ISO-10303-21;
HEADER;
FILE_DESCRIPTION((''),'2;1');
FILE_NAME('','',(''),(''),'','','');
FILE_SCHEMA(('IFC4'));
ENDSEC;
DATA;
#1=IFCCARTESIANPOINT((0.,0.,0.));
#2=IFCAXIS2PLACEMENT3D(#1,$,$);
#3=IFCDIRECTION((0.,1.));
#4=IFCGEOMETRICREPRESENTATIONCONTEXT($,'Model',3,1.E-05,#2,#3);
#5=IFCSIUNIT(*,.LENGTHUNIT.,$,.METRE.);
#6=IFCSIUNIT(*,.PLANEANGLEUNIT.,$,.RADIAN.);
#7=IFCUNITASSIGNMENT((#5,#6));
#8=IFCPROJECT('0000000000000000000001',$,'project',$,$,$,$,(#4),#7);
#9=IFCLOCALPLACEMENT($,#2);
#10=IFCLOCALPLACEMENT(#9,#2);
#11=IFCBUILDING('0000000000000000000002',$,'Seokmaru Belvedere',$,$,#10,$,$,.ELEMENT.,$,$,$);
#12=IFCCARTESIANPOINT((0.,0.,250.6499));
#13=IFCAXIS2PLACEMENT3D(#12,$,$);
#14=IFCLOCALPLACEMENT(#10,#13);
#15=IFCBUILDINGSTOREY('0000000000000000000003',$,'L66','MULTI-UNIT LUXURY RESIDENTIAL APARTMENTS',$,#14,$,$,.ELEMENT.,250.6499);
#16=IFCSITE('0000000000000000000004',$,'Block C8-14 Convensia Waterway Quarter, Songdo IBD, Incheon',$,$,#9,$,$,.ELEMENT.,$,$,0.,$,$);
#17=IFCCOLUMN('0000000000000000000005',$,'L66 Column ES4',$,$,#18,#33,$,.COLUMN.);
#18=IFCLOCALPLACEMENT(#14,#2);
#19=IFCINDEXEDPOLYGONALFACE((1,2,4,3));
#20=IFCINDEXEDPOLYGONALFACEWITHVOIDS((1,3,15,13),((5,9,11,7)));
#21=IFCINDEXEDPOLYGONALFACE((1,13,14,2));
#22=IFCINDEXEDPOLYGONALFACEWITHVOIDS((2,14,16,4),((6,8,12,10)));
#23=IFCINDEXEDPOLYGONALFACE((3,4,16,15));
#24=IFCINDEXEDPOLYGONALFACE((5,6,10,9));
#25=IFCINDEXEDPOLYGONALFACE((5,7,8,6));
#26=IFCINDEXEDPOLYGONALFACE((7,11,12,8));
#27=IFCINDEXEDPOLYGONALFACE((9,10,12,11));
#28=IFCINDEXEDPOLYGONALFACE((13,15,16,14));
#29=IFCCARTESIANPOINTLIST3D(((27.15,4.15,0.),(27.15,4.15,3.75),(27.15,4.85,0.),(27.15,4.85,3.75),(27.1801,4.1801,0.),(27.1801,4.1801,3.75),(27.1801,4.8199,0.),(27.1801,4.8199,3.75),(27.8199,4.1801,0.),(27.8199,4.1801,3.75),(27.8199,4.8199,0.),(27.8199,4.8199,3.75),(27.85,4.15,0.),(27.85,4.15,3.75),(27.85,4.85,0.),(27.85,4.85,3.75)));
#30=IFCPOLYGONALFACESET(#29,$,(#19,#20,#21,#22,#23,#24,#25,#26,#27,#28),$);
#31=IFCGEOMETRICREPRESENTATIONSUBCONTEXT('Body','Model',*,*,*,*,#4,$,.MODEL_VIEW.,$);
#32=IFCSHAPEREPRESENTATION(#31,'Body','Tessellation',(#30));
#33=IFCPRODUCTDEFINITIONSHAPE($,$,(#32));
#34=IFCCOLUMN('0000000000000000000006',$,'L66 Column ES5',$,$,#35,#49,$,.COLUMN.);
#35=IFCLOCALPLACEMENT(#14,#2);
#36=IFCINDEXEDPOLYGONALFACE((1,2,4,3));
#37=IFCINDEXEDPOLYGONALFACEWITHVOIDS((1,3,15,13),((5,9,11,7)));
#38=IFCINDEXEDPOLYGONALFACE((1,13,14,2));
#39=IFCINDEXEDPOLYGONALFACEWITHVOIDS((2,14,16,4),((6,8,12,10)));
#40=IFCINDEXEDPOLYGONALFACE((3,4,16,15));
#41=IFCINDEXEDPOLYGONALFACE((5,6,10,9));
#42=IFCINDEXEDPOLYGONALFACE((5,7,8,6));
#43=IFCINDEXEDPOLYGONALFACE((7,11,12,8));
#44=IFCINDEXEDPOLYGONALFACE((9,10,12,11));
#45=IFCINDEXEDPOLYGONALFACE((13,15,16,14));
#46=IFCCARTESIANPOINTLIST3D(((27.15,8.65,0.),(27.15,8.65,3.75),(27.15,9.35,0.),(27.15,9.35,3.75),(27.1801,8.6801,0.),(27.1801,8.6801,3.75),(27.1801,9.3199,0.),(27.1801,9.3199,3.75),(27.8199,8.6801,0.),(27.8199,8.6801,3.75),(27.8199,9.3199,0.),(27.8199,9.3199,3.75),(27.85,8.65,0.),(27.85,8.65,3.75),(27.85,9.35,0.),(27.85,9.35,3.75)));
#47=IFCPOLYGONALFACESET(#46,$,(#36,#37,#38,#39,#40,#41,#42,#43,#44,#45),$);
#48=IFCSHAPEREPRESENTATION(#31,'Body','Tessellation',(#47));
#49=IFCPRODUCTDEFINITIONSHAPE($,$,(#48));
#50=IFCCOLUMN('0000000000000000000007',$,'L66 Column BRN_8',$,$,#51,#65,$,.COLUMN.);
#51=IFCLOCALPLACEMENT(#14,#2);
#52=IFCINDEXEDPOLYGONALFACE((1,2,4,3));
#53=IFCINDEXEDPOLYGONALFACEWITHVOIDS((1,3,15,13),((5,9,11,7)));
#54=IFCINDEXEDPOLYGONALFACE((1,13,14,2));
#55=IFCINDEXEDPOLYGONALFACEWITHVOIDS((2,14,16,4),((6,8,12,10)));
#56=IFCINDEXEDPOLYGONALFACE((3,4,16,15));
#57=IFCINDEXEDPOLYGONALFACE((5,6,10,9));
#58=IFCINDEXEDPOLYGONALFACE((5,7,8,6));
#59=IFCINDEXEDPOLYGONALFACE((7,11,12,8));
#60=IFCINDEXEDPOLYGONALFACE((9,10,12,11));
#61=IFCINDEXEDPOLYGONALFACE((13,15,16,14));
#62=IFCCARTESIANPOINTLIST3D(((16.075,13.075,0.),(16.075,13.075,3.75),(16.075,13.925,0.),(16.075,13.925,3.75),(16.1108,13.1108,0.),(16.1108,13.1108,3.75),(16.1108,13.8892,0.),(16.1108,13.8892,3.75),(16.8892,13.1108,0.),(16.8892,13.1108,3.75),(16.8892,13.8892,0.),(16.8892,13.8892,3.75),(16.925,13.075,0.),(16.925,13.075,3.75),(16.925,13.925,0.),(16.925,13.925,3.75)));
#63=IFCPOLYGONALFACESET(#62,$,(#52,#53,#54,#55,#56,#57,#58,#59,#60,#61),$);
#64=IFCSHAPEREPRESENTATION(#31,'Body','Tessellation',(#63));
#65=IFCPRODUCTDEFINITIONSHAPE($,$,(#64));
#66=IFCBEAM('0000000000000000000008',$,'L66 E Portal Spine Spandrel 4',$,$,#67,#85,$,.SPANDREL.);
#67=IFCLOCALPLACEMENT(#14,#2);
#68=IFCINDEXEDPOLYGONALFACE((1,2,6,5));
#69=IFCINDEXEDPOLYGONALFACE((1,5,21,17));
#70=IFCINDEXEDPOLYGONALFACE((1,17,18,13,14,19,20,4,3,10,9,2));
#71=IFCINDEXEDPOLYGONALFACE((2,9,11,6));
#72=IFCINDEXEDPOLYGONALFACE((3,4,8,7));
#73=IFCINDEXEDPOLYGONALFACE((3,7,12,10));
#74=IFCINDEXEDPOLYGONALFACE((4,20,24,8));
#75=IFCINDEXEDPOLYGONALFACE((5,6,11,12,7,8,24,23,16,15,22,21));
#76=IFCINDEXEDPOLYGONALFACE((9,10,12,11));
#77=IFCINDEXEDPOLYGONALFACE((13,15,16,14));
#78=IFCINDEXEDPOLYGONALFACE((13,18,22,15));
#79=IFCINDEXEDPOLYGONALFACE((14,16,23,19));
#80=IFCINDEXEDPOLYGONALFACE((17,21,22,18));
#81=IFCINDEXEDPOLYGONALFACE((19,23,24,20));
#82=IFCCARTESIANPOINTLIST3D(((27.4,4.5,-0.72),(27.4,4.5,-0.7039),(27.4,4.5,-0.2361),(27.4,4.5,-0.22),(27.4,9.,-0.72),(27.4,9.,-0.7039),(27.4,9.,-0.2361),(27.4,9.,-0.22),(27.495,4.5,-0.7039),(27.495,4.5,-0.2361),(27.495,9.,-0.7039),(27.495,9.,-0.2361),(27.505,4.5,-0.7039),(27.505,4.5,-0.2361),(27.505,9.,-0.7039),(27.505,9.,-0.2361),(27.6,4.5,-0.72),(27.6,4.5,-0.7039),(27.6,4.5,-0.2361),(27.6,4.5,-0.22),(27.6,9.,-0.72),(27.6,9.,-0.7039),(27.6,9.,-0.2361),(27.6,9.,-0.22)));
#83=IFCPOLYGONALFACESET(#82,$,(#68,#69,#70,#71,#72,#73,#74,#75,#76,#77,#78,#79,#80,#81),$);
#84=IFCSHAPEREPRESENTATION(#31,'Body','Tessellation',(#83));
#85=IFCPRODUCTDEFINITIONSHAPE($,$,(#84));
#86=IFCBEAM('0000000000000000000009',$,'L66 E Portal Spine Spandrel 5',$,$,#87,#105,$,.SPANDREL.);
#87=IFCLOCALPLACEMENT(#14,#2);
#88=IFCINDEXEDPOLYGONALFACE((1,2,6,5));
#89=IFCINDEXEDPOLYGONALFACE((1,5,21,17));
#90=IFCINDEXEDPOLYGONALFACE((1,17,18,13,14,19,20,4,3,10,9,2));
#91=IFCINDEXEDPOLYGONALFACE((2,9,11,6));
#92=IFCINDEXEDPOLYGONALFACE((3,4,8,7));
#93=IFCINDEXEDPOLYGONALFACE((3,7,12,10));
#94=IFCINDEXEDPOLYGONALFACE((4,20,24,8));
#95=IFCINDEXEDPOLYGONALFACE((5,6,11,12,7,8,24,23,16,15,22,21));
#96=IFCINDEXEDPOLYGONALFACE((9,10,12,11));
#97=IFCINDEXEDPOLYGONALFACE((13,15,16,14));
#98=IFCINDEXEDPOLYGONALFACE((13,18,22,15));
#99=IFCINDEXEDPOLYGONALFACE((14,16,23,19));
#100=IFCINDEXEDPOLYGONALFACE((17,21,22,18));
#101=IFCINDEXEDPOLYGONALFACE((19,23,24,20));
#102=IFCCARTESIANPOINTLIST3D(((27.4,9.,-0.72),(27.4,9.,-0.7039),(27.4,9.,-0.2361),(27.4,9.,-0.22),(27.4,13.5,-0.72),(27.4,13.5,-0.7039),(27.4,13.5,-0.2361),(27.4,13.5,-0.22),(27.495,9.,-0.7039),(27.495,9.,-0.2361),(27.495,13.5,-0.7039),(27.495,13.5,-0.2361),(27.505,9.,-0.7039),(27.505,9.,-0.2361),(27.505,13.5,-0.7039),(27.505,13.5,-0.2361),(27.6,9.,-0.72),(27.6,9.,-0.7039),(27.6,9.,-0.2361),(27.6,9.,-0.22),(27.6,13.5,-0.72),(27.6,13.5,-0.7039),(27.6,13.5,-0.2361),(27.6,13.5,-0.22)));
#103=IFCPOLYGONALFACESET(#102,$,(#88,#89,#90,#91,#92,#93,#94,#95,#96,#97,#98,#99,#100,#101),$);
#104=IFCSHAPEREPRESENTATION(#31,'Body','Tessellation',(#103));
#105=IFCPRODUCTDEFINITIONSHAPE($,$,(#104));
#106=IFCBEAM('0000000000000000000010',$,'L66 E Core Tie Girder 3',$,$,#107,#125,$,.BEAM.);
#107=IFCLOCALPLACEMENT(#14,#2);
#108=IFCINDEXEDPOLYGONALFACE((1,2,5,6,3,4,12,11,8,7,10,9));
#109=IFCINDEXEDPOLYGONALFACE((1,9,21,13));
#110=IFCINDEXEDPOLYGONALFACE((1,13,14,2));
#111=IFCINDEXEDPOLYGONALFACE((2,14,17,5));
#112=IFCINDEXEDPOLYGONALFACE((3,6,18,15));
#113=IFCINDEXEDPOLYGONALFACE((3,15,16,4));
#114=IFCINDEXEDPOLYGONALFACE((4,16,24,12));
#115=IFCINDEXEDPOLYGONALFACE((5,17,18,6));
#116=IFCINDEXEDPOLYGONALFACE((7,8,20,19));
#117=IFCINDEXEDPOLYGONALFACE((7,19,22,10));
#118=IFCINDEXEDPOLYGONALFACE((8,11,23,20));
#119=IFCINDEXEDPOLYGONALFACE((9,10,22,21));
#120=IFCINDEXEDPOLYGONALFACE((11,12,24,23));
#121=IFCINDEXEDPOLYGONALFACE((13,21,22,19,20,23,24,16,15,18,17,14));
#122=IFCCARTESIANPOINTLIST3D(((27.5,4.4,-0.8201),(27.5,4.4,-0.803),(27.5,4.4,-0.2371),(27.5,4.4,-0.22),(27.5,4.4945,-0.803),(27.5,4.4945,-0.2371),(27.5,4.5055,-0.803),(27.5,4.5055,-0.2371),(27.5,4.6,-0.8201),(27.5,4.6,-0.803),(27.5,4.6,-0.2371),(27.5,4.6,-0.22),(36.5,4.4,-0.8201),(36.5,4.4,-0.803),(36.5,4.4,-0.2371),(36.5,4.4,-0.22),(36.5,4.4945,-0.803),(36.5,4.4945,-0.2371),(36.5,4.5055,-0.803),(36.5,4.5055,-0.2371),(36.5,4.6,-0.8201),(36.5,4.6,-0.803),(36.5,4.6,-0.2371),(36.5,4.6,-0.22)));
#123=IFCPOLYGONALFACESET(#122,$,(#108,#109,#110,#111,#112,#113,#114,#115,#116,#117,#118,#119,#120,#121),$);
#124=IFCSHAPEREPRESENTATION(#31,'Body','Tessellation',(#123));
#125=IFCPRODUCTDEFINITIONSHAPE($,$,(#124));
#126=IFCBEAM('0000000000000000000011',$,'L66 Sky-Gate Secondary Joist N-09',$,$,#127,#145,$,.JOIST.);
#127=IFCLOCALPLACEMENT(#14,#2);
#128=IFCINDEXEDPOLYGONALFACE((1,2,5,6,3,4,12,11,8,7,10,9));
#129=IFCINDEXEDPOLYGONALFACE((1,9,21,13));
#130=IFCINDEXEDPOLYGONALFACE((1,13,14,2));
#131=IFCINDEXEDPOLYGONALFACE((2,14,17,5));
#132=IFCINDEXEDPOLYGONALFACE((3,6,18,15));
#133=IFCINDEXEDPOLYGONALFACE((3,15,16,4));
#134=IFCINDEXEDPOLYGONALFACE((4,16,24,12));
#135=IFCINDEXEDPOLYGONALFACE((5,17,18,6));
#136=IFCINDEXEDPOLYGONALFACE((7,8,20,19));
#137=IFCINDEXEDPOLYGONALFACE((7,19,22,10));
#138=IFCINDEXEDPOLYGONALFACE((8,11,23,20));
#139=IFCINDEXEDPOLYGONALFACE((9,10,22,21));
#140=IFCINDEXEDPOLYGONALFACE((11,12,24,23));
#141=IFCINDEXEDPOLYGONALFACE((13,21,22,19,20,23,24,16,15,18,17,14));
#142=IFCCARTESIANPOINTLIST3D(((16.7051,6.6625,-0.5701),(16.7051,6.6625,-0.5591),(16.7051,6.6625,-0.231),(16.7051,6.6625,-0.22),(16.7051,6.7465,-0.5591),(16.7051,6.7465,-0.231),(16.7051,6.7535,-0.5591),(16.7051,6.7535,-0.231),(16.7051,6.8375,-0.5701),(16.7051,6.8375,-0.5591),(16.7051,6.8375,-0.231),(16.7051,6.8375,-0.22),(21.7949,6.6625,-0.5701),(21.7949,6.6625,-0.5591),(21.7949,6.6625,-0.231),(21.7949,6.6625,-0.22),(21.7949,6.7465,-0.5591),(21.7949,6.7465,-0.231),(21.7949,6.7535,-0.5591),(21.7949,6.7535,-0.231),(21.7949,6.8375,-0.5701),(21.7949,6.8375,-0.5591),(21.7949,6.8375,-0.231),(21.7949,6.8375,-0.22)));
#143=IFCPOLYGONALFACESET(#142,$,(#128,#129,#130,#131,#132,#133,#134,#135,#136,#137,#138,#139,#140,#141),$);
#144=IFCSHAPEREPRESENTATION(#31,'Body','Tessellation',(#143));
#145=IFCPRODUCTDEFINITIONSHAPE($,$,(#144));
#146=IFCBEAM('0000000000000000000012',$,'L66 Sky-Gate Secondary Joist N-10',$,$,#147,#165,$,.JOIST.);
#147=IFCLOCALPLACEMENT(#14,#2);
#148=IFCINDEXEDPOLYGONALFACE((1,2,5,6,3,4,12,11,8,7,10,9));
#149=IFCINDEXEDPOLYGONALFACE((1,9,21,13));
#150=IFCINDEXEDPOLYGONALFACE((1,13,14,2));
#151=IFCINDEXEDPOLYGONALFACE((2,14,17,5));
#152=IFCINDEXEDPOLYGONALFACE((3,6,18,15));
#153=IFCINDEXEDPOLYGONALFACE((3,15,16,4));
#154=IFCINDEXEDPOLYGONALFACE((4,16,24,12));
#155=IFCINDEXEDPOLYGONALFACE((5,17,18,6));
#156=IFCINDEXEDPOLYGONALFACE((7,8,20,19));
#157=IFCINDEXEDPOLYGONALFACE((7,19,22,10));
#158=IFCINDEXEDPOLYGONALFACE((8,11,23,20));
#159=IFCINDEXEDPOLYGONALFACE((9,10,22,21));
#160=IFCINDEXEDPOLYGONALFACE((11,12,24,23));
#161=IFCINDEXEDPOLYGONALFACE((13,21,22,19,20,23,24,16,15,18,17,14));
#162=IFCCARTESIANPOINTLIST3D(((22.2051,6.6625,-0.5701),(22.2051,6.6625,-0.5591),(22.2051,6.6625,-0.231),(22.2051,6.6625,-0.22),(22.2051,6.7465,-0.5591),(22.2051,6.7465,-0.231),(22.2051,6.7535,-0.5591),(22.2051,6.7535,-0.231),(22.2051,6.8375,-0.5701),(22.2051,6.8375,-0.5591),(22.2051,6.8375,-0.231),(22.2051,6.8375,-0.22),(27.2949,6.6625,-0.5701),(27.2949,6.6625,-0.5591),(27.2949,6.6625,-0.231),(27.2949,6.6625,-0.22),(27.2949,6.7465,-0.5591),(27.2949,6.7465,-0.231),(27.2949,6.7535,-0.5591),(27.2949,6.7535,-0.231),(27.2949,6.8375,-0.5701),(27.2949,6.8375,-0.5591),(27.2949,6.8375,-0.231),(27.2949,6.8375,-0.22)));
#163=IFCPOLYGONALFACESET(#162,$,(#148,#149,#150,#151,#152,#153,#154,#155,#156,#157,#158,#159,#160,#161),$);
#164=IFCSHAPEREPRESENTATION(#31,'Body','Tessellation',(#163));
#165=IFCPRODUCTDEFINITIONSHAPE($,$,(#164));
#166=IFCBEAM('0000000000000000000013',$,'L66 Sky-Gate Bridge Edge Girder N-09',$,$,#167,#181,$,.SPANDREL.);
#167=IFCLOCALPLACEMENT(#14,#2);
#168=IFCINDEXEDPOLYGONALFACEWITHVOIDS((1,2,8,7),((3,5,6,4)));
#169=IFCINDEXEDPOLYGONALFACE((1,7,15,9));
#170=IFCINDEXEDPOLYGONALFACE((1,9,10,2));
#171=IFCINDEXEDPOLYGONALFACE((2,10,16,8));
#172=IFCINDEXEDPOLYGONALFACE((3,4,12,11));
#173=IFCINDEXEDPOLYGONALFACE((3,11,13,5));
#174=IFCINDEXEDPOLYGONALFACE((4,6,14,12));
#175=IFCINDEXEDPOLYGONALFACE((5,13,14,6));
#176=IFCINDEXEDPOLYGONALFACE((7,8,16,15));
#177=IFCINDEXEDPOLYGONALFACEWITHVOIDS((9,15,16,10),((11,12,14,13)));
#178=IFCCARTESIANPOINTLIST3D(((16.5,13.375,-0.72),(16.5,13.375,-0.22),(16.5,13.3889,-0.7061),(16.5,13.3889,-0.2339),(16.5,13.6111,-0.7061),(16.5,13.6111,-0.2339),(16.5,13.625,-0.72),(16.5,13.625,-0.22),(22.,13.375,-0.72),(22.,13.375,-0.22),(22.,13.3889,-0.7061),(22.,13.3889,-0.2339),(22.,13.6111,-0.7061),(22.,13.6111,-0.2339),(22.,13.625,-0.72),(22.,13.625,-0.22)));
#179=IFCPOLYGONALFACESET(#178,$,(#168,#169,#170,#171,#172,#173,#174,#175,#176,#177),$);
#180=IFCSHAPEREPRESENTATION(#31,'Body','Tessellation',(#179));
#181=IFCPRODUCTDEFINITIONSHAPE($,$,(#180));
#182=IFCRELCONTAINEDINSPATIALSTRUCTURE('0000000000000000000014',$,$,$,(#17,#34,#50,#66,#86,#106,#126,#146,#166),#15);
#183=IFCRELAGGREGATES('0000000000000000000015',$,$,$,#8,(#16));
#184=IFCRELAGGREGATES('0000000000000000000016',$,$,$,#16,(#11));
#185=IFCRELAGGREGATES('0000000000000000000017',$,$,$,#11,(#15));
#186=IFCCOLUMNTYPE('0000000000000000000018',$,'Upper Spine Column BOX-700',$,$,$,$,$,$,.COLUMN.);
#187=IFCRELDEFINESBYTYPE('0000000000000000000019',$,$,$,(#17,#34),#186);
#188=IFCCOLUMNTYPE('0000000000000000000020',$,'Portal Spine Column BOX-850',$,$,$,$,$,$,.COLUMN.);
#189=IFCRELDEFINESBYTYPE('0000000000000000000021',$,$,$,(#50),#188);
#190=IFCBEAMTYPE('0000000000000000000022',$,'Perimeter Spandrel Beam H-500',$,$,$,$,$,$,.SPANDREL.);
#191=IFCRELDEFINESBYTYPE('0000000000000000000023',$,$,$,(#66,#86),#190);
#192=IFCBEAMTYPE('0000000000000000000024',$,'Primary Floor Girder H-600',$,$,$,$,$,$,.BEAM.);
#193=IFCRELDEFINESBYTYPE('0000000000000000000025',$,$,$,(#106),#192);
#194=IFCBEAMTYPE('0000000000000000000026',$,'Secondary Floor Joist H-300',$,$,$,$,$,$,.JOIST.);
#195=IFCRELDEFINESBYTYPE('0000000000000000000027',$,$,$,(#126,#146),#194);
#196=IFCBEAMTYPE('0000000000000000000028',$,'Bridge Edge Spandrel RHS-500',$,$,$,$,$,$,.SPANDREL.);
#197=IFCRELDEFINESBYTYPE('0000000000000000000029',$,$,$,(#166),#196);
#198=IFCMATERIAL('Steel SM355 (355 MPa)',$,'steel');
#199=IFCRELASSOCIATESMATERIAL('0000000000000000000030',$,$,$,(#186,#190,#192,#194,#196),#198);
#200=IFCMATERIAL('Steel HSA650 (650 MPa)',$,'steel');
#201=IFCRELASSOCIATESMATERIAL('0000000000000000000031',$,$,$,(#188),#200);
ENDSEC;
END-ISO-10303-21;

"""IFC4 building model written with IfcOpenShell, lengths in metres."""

from ifc_helpers import new_model, si_unit, direction, frame, origin, origin_2d, place, context, subcontext, project, spatial, hollow_rectangle, i_section, extrude, source, transform, mapped, material, material_profile, profile_set, type_object, type_shapes, element, save


model = new_model("IFC4")

# Units and contexts
model_context = context("Model", 3, precision=1e-05, world=origin(), true_north=direction((0.0, 1.0)))
body_context = subcontext(model_context, "Body", "Model", "MODEL_VIEW")
ifc_project = project(units=[si_unit("LENGTHUNIT", "METRE"), si_unit("PLANEANGLEUNIT", "RADIAN")], contexts=[model_context])

# Site, building, storey
site_placement = place(None, origin())
site = spatial("IfcSite", under=ifc_project, at=site_placement, Name="Block C8-14 Convensia Waterway Quarter, Songdo IBD, Incheon", CompositionType="ELEMENT", RefElevation=0.0)
building_placement = place(site_placement, origin())
building = spatial("IfcBuilding", under=site, at=building_placement, Name="Seokmaru Belvedere", CompositionType="ELEMENT")
storey_placement = place(building_placement, frame((0.0, 0.0, 250.6499)))
storey = spatial("IfcBuildingStorey", under=building, at=storey_placement, Name="L66", Description="MULTI-UNIT LUXURY RESIDENTIAL APARTMENTS", CompositionType="ELEMENT", Elevation=250.6499)

# Columns
ifc_material_1 = material(Name="Steel SM355 (355 MPa)", Category="steel")
ifc_material_profile_1 = material_profile(ifc_material_1, hollow_rectangle(XDim=0.7, YDim=0.7, WallThickness=0.03, at=origin_2d()), Name="BOX-700x700x30")
ifc_profile_set_1 = profile_set([ifc_material_profile_1], Name="Steel SM355 (355 MPa)")
column_type_1 = type_object("IfcColumnType", Name="Upper Spine Column BOX-700", PredefinedType="COLUMN", material=ifc_profile_set_1)
shared_shape_1 = source(origin(), body_context, "Body", "SweptSolid", [
    extrude(hollow_rectangle(XDim=0.7, YDim=0.7, WallThickness=0.03, at=origin_2d()), origin(), (0.0, 0.0, 1.0), 3.75),
])
type_shapes(column_type_1, [shared_shape_1])
for number, where, z_axis, x_axis, name in (
    (1, (27.5, 4.5, 0.0), (0.0, 0.0, 1.0), (1.0, 0.0, 0.0), "L66 Column ES4"),
    (2, (27.5, 9.0, 0.0), (0.0, 0.0, 1.0), (1.0, 0.0, 0.0), "L66 Column ES5"),
):
    element("IfcColumn", number, at=place(storey_placement, frame(where, z_axis=z_axis, x_axis=x_axis)), inside=storey, type_object=column_type_1, Name=name, PredefinedType="COLUMN", context=body_context, shape_type="MappedRepresentation", body=[
        mapped(shared_shape_1, transform((0.0, 0.0, 0.0), scale=1.0)),
    ])
ifc_material_2 = material(Name="Steel HSA650 (650 MPa)", Category="steel")
ifc_material_profile_2 = material_profile(ifc_material_2, hollow_rectangle(XDim=0.8501, YDim=0.8501, WallThickness=0.0359, at=origin_2d()), Name="BOX-850x850x36")
ifc_profile_set_2 = profile_set([ifc_material_profile_2], Name="Steel HSA650 (650 MPa)")
column_type_2 = type_object("IfcColumnType", Name="Portal Spine Column BOX-850", PredefinedType="COLUMN", material=ifc_profile_set_2)
shared_shape_2 = source(origin(), body_context, "Body", "SweptSolid", [
    extrude(hollow_rectangle(XDim=0.8501, YDim=0.8501, WallThickness=0.0359, at=origin_2d()), origin(), (0.0, 0.0, 1.0), 3.75),
])
type_shapes(column_type_2, [shared_shape_2])
column_placement = place(storey_placement, frame((16.5, 13.5, 0.0), z_axis=(0.0, 0.0, 1.0), x_axis=(1.0, 0.0, 0.0)))
element("IfcColumn", 3, at=column_placement, inside=storey, type_object=column_type_2, Name="L66 Column BRN_8", PredefinedType="COLUMN", context=body_context, shape_type="MappedRepresentation", body=[
    mapped(shared_shape_2, transform((0.0, 0.0, 0.0), scale=1.0)),
])

# Beams
ifc_material_profile_3 = material_profile(ifc_material_1, i_section(OverallWidth=0.2, OverallDepth=0.5, WebThickness=0.01, FlangeThickness=0.0161, at=origin_2d()), Name="H-500x200x10x16")
ifc_profile_set_3 = profile_set([ifc_material_profile_3], Name="Steel SM355 (355 MPa)")
beam_type_1 = type_object("IfcBeamType", Name="Perimeter Spandrel Beam H-500", PredefinedType="SPANDREL", material=ifc_profile_set_3)
shared_shape_3 = source(origin(), body_context, "Body", "SweptSolid", [
    extrude(i_section(OverallWidth=0.2, OverallDepth=0.5, WebThickness=0.01, FlangeThickness=0.0161, at=origin_2d()), origin(), (0.0, 0.0, 1.0), 4.5),
])
type_shapes(beam_type_1, [shared_shape_3])
for number, where, z_axis, x_axis, name in (
    (4, (27.5, 4.5, -0.47), (0.0, 1.0, 0.0), (-1.0, 0.0, 0.0), "L66 E Portal Spine Spandrel 4"),
    (5, (27.5, 9.0, -0.47), (0.0, 1.0, 0.0), (-1.0, 0.0, 0.0), "L66 E Portal Spine Spandrel 5"),
):
    element("IfcBeam", number, at=place(storey_placement, frame(where, z_axis=z_axis, x_axis=x_axis)), inside=storey, type_object=beam_type_1, Name=name, PredefinedType="SPANDREL", context=body_context, shape_type="MappedRepresentation", body=[
        mapped(shared_shape_3, transform((0.0, 0.0, 0.0), scale=1.0)),
    ])
ifc_material_profile_4 = material_profile(ifc_material_1, i_section(OverallWidth=0.2, OverallDepth=0.6001, WebThickness=0.011, FlangeThickness=0.0171, at=origin_2d()), Name="H-600x200x11x17")
ifc_profile_set_4 = profile_set([ifc_material_profile_4], Name="Steel SM355 (355 MPa)")
beam_type_2 = type_object("IfcBeamType", Name="Primary Floor Girder H-600", PredefinedType="BEAM", material=ifc_profile_set_4)
shared_shape_4 = source(origin(), body_context, "Body", "SweptSolid", [
    extrude(i_section(OverallWidth=0.2, OverallDepth=0.6001, WebThickness=0.011, FlangeThickness=0.0171, at=origin_2d()), origin(), (0.0, 0.0, 1.0), 9.0),
])
type_shapes(beam_type_2, [shared_shape_4])
beam_1_placement = place(storey_placement, frame((27.5, 4.5, -0.52), z_axis=(1.0, 0.0, 0.0), x_axis=(0.0, 1.0, 0.0)))
element("IfcBeam", 6, at=beam_1_placement, inside=storey, type_object=beam_type_2, Name="L66 E Core Tie Girder 3", PredefinedType="BEAM", context=body_context, shape_type="MappedRepresentation", body=[
    mapped(shared_shape_4, transform((0.0, 0.0, 0.0), scale=1.0)),
])
ifc_material_profile_5 = material_profile(ifc_material_1, i_section(OverallWidth=0.175, OverallDepth=0.3501, WebThickness=0.0071, FlangeThickness=0.011, at=origin_2d()), Name="H-350x175x7x11")
ifc_profile_set_5 = profile_set([ifc_material_profile_5], Name="Steel SM355 (355 MPa)")
beam_type_3 = type_object("IfcBeamType", Name="Secondary Floor Joist H-300", PredefinedType="JOIST", material=ifc_profile_set_5)
shared_shape_5 = source(origin(), body_context, "Body", "SweptSolid", [
    extrude(i_section(OverallWidth=0.175, OverallDepth=0.3501, WebThickness=0.0071, FlangeThickness=0.011, at=origin_2d()), origin(), (0.0, 0.0, 1.0), 5.0898),
])
type_shapes(beam_type_3, [shared_shape_5])
for number, where, z_axis, x_axis, name in (
    (7, (16.7051, 6.75, -0.395), (1.0, 0.0, 0.0), (0.0, 1.0, 0.0), "L66 Sky-Gate Secondary Joist N-09"),
    (8, (22.2051, 6.75, -0.395), (1.0, 0.0, 0.0), (0.0, 1.0, 0.0), "L66 Sky-Gate Secondary Joist N-10"),
):
    element("IfcBeam", number, at=place(storey_placement, frame(where, z_axis=z_axis, x_axis=x_axis)), inside=storey, type_object=beam_type_3, Name=name, PredefinedType="JOIST", context=body_context, shape_type="MappedRepresentation", body=[
        mapped(shared_shape_5, transform((0.0, 0.0, 0.0), scale=1.0)),
    ])
ifc_material_profile_6 = material_profile(ifc_material_1, hollow_rectangle(XDim=0.25, YDim=0.5, WallThickness=0.0139, at=origin_2d()), Name="RHS-500x250x14")
ifc_profile_set_6 = profile_set([ifc_material_profile_6], Name="Steel SM355 (355 MPa)")
beam_type_4 = type_object("IfcBeamType", Name="Bridge Edge Spandrel RHS-500", PredefinedType="SPANDREL", material=ifc_profile_set_6)
shared_shape_6 = source(origin(), body_context, "Body", "SweptSolid", [
    extrude(hollow_rectangle(XDim=0.25, YDim=0.5, WallThickness=0.0139, at=origin_2d()), origin(), (0.0, 0.0, 1.0), 5.5),
])
type_shapes(beam_type_4, [shared_shape_6])
beam_2_placement = place(storey_placement, frame((16.5, 13.5, -0.47), z_axis=(1.0, 0.0, 0.0), x_axis=(0.0, 1.0, 0.0)))
element("IfcBeam", 9, at=beam_2_placement, inside=storey, type_object=beam_type_4, Name="L66 Sky-Gate Bridge Edge Girder N-09", PredefinedType="SPANDREL", context=body_context, shape_type="MappedRepresentation", body=[
    mapped(shared_shape_6, transform((0.0, 0.0, 0.0), scale=1.0)),
])

save(model, "model.ifc")
